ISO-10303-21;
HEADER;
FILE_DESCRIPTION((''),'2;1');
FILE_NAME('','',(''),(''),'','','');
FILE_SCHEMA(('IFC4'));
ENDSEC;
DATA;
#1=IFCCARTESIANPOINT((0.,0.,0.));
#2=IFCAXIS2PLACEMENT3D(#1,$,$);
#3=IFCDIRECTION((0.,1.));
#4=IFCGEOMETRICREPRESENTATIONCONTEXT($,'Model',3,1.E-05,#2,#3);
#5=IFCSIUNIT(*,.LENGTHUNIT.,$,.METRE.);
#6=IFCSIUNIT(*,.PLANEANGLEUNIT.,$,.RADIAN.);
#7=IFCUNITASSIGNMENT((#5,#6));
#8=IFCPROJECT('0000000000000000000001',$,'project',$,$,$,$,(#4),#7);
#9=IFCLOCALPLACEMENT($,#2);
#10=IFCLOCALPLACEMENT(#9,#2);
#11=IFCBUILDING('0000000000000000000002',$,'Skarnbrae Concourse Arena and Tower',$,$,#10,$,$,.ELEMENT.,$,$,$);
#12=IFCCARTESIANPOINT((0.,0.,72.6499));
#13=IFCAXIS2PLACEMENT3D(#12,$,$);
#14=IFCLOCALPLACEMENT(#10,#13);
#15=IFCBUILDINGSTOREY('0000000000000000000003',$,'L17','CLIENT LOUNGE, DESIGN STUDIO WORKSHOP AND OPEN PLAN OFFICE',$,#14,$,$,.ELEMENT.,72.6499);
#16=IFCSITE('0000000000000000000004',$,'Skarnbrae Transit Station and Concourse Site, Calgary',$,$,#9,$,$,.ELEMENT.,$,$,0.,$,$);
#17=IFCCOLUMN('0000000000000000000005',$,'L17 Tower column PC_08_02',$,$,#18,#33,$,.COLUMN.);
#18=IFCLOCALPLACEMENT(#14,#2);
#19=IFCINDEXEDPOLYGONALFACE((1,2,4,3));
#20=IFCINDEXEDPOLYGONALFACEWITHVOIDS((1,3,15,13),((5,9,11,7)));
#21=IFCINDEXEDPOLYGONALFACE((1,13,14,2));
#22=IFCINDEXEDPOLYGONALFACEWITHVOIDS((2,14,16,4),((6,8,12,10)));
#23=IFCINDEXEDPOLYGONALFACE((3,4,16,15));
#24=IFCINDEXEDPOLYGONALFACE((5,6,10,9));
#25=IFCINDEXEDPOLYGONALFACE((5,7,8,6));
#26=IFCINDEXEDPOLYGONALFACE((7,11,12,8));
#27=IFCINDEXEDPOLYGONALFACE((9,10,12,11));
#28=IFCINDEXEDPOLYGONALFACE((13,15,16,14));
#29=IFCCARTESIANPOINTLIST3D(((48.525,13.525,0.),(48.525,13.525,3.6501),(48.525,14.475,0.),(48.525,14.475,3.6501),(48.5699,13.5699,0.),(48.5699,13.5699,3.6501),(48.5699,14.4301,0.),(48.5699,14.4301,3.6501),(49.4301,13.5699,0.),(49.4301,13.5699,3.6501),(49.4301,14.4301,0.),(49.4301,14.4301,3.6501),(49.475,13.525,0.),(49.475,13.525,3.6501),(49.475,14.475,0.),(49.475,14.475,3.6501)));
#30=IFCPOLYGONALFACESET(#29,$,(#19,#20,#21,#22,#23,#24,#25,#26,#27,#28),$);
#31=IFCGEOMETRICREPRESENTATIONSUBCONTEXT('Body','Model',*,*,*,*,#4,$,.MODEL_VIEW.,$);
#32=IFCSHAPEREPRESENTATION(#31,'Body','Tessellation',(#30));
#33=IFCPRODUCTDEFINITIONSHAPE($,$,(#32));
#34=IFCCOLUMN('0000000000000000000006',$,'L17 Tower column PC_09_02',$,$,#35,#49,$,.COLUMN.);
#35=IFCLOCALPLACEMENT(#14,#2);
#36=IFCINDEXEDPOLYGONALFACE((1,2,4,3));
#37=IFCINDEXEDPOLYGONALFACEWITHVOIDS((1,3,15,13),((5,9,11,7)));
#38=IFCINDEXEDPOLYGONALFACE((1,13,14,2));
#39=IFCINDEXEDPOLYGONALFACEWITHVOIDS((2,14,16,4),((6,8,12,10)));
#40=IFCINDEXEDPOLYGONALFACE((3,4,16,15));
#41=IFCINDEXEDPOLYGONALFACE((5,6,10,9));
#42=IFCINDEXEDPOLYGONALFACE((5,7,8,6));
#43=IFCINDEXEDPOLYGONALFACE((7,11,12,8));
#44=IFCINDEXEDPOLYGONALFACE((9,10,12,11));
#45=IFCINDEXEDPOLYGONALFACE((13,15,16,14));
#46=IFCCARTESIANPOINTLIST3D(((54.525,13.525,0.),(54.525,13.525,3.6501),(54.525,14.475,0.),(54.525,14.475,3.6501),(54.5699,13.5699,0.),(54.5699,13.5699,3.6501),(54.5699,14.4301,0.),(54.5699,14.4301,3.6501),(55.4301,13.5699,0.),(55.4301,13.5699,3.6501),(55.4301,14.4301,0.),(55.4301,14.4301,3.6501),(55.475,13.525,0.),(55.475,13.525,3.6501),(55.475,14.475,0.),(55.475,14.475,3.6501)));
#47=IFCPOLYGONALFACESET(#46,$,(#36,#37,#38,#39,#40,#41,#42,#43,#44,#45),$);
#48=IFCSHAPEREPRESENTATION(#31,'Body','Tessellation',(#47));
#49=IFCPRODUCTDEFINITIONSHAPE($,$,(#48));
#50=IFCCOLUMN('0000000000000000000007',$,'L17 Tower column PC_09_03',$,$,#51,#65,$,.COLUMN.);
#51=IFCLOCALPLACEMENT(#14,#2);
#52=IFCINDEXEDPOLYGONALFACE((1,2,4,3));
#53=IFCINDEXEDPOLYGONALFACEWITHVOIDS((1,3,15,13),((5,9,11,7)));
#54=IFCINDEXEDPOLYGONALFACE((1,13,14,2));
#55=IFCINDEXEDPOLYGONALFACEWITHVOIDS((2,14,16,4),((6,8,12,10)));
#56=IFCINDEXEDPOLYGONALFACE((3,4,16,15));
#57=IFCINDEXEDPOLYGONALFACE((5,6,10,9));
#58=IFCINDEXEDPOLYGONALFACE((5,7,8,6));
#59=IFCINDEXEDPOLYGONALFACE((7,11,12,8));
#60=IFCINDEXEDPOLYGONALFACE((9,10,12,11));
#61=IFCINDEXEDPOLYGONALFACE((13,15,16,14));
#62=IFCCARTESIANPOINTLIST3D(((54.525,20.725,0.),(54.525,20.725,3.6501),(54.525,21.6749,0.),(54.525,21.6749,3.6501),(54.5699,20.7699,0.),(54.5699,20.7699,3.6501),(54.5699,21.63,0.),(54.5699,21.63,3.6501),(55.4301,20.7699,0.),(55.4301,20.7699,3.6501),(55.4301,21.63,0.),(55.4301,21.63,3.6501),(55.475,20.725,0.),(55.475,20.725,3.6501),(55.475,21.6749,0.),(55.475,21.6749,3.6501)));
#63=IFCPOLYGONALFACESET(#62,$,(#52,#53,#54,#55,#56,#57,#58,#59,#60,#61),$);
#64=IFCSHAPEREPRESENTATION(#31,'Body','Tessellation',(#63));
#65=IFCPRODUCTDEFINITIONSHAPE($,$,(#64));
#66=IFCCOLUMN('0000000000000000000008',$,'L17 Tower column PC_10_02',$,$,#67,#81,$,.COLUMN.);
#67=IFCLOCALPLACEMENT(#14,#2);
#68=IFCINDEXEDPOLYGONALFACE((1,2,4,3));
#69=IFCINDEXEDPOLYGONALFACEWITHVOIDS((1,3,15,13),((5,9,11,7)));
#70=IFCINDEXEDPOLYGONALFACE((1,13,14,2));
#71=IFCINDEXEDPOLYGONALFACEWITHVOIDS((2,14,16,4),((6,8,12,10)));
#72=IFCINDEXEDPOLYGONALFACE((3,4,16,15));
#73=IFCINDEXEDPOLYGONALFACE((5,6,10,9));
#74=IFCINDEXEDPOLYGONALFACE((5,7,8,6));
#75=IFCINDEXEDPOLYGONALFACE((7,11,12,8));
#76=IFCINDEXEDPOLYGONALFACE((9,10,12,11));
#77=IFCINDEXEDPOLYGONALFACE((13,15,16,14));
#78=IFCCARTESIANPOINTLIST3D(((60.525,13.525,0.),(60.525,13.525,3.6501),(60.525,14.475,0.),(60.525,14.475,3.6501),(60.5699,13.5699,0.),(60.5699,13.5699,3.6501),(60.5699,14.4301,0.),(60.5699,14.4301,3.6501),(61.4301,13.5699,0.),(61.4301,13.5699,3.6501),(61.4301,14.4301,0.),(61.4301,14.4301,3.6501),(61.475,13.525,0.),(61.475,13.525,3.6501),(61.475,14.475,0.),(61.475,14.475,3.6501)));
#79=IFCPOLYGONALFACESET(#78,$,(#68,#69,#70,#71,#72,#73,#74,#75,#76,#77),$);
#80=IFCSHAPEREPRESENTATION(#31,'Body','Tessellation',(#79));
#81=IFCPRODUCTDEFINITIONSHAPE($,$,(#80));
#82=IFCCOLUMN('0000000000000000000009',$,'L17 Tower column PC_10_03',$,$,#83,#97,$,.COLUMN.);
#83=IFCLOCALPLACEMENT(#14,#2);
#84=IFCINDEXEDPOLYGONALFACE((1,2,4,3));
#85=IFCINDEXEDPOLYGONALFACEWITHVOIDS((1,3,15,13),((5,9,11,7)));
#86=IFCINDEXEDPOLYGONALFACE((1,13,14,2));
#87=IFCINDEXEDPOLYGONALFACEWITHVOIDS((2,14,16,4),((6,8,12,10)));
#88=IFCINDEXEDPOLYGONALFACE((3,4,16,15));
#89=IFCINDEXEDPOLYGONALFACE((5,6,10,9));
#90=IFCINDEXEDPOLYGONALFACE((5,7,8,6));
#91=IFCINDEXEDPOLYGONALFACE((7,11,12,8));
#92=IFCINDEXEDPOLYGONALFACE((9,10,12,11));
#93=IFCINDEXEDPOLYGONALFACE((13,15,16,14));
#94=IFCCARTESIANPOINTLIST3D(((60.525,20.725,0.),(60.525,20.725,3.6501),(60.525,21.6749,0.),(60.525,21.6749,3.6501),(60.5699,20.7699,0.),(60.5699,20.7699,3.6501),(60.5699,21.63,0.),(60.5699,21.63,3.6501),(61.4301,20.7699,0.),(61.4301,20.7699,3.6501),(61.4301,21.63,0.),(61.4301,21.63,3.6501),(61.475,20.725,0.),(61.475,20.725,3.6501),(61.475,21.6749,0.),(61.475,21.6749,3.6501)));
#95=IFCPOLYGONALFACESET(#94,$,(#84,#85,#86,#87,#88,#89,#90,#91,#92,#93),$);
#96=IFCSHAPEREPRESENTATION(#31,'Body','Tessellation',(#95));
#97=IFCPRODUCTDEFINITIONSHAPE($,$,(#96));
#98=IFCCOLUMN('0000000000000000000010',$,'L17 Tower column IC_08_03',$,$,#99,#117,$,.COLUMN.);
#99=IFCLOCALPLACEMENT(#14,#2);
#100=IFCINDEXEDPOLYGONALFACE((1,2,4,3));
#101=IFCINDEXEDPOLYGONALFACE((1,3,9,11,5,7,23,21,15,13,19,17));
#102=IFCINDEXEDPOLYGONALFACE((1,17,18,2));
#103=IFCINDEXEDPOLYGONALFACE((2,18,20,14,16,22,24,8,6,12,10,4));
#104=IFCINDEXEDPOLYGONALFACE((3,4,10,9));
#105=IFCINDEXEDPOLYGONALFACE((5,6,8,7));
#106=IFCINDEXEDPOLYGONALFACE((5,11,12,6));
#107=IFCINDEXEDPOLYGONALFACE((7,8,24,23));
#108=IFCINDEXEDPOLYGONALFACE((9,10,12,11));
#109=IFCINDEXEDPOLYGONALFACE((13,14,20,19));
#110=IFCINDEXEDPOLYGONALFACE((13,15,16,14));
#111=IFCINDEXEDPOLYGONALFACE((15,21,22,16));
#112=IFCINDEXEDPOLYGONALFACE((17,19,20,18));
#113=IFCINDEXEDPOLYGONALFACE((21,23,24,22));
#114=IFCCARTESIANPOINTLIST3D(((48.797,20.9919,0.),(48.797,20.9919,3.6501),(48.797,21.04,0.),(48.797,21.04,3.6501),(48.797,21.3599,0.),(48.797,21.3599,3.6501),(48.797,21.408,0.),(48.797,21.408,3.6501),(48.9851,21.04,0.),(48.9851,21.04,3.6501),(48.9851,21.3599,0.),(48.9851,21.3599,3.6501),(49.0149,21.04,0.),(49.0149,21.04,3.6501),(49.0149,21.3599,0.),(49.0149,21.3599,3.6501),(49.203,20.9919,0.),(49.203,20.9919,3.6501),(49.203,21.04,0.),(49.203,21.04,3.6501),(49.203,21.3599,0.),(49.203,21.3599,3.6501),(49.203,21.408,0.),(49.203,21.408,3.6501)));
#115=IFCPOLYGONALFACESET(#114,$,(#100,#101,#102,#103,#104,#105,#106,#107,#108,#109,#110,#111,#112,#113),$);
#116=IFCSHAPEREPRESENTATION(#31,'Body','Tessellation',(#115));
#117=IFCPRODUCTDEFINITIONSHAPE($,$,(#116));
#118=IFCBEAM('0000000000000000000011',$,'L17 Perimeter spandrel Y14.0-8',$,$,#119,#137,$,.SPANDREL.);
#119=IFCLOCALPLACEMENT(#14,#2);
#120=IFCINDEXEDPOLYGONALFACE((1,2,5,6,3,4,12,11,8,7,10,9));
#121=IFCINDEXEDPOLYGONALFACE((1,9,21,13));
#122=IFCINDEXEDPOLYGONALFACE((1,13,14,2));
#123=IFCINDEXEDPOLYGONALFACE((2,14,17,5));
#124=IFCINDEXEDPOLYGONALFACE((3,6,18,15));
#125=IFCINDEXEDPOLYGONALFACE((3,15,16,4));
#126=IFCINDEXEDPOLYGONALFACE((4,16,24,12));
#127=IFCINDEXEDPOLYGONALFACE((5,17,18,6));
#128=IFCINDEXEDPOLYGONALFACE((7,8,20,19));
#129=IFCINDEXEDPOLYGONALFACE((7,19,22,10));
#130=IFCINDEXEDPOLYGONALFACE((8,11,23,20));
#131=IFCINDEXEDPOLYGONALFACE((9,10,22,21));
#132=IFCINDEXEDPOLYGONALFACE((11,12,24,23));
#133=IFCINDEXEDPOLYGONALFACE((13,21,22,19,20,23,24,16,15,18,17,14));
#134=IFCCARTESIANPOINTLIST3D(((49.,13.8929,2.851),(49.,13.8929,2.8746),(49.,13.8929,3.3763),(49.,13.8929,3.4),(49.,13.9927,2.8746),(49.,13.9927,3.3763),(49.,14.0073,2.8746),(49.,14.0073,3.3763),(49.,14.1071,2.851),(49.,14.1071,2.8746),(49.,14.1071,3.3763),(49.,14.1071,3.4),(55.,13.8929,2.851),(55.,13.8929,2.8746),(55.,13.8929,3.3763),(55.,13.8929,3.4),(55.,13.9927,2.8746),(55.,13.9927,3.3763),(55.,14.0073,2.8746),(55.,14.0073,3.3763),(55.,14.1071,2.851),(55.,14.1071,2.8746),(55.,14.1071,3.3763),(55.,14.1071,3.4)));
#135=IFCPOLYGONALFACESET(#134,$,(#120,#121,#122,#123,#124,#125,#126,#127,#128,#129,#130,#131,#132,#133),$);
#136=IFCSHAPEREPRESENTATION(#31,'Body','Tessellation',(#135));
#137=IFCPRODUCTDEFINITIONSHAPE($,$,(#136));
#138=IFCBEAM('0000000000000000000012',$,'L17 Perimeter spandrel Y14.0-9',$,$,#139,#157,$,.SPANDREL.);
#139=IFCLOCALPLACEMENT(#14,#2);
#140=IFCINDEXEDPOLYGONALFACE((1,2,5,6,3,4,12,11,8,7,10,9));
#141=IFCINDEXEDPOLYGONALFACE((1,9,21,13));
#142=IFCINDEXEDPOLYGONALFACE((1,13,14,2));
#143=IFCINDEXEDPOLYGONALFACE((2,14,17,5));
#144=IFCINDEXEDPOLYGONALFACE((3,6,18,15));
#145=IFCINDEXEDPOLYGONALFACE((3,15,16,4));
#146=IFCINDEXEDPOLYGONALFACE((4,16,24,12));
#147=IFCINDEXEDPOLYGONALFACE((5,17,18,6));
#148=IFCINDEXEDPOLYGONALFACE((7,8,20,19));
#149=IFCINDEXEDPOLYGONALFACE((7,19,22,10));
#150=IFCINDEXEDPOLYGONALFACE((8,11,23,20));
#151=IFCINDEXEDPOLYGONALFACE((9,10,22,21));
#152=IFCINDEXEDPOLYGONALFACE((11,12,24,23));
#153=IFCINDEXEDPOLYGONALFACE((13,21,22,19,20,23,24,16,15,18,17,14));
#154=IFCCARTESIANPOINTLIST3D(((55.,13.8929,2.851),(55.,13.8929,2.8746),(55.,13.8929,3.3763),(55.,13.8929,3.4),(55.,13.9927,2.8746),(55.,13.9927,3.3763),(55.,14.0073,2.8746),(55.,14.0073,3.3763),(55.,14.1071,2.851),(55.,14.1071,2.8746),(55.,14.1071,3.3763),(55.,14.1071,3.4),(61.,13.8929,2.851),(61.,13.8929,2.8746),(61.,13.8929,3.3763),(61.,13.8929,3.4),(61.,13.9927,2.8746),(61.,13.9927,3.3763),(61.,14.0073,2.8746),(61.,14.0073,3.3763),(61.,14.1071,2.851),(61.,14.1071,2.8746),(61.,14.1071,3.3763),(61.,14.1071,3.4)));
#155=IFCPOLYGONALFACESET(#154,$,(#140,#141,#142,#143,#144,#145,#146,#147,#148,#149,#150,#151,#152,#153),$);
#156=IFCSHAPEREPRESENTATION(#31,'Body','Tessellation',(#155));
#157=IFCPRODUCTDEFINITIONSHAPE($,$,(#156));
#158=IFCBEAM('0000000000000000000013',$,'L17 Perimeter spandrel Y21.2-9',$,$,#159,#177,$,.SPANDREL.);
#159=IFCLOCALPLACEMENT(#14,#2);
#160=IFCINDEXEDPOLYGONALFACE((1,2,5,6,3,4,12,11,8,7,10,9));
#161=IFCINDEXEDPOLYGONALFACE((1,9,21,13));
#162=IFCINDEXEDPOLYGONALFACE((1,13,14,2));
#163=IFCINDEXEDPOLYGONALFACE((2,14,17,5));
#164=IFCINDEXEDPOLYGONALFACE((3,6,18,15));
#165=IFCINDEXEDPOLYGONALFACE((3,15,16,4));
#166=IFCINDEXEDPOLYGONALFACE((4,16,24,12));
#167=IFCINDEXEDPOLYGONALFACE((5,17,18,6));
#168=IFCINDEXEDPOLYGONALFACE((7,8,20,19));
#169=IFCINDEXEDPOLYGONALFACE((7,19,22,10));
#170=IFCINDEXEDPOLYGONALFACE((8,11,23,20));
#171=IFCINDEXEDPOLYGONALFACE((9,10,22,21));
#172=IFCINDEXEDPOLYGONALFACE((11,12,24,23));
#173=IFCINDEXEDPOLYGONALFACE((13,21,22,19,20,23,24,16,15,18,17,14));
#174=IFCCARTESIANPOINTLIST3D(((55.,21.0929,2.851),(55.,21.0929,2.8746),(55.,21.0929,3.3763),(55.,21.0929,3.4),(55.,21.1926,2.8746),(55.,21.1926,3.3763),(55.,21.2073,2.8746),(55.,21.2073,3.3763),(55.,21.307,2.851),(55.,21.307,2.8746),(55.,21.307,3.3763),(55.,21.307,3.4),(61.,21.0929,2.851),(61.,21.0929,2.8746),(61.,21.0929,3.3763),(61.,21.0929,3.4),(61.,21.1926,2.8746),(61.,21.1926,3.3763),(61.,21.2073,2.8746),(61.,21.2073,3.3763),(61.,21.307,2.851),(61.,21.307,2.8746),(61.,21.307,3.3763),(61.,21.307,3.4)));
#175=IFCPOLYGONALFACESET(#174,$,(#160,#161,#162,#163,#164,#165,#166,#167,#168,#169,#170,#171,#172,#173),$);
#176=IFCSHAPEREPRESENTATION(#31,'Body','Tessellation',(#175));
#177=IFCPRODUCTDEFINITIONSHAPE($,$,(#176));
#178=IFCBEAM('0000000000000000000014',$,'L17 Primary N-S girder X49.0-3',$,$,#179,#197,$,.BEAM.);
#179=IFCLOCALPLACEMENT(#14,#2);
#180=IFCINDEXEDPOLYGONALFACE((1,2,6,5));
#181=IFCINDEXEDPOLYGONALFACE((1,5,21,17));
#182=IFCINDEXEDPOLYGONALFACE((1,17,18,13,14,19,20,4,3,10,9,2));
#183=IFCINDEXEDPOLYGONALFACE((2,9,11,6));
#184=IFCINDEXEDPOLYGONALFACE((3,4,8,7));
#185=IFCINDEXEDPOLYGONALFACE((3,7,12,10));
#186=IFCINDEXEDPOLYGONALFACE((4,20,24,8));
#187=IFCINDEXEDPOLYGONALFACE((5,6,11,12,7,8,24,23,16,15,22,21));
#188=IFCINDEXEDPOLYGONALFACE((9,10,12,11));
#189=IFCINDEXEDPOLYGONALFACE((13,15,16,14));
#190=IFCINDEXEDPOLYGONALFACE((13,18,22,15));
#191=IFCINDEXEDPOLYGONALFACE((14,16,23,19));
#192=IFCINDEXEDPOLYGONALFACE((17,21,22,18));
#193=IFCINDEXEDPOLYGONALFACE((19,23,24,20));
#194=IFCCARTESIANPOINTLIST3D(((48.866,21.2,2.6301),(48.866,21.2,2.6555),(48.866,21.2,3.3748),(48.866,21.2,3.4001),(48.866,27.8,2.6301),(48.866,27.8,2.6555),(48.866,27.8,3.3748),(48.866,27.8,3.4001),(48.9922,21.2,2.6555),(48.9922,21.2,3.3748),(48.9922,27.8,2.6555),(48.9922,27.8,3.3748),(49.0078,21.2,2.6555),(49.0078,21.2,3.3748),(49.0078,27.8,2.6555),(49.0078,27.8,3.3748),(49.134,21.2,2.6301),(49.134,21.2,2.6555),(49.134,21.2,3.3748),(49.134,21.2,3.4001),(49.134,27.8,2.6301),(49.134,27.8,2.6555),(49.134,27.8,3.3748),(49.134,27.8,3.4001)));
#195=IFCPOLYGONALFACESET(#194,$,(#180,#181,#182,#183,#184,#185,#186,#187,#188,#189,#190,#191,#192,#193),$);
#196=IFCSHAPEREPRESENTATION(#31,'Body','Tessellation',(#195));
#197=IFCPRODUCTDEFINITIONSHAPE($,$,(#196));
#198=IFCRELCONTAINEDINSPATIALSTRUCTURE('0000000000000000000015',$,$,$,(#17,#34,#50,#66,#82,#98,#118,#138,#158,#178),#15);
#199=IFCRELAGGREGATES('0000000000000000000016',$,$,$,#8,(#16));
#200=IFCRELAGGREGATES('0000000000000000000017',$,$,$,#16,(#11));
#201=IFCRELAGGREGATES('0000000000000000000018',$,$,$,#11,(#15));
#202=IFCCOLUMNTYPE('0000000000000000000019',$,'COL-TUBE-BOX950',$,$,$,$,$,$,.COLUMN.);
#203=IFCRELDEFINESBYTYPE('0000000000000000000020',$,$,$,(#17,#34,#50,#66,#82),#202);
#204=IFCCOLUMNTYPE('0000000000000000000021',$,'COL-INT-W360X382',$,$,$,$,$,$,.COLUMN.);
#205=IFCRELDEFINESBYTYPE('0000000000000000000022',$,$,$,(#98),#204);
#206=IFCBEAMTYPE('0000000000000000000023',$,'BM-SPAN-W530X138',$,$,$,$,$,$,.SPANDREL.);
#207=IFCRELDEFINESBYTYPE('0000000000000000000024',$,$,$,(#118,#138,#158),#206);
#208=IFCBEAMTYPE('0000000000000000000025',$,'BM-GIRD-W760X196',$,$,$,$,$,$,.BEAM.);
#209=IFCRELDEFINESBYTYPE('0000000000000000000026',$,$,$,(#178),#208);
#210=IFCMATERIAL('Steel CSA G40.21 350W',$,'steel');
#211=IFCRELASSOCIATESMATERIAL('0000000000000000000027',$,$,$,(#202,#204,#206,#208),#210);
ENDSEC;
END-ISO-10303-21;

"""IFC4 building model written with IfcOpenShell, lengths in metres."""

from ifc_helpers import new_model, si_unit, direction, frame, origin, origin_2d, place, context, subcontext, project, spatial, hollow_rectangle, i_section, extrude, source, transform, mapped, material, material_profile, profile_set, type_object, element, save


model = new_model("IFC4")

# Units and contexts
model_context = context("Model", 3, precision=1e-05, world=origin(), true_north=direction((0.0, 1.0)))
body_context = subcontext(model_context, "Body", "Model", "MODEL_VIEW")
ifc_project = project(units=[si_unit("LENGTHUNIT", "METRE"), si_unit("PLANEANGLEUNIT", "RADIAN")], contexts=[model_context])

# Site, building, storey
site_placement = place(None, origin())
site = spatial("IfcSite", under=ifc_project, at=site_placement, Name="Skarnbrae Transit Station and Concourse Site, Calgary", CompositionType="ELEMENT", RefElevation=0.0)
building_placement = place(site_placement, origin())
building = spatial("IfcBuilding", under=site, at=building_placement, Name="Skarnbrae Concourse Arena and Tower", CompositionType="ELEMENT")
storey_placement = place(building_placement, frame((0.0, 0.0, 72.6499)))
storey = spatial("IfcBuildingStorey", under=building, at=storey_placement, Name="L17", Description="CLIENT LOUNGE, DESIGN STUDIO WORKSHOP AND OPEN PLAN OFFICE", CompositionType="ELEMENT", Elevation=72.6499)

# Columns
ifc_material_1 = material(Name="Steel CSA G40.21 350W", Category="steel")
ifc_material_profile_1 = material_profile(ifc_material_1, hollow_rectangle(XDim=0.95, YDim=0.95, WallThickness=0.0449, at=origin_2d()), Name="BOX950X950X45")
ifc_profile_set_1 = profile_set([ifc_material_profile_1], Name="Steel CSA G40.21 350W")
column_type_1 = type_object("IfcColumnType", Name="COL-TUBE-BOX950", PredefinedType="COLUMN", material=ifc_profile_set_1)
shared_shape_1 = source(origin(), body_context, "Body", "SweptSolid", [
    extrude(hollow_rectangle(XDim=0.95, YDim=0.95, WallThickness=0.0449, at=origin_2d()), origin(), (0.0, 0.0, 1.0), 3.6501),
])
for number, where, z_axis, x_axis, name in (
    (1, (49.0, 14.0, 0.0), (0.0, 0.0, 1.0), (1.0, 0.0, 0.0), "L17 Tower column PC_08_02"),
    (2, (55.0, 14.0, 0.0), (0.0, 0.0, 1.0), (1.0, 0.0, 0.0), "L17 Tower column PC_09_02"),
    (3, (55.0, 21.2, 0.0), (0.0, 0.0, 1.0), (1.0, 0.0, 0.0), "L17 Tower column PC_09_03"),
    (4, (61.0, 14.0, 0.0), (0.0, 0.0, 1.0), (1.0, 0.0, 0.0), "L17 Tower column PC_10_02"),
    (5, (61.0, 21.2, 0.0), (0.0, 0.0, 1.0), (1.0, 0.0, 0.0), "L17 Tower column PC_10_03"),
):
    element("IfcColumn", number, at=place(storey_placement, frame(where, z_axis=z_axis, x_axis=x_axis)), inside=storey, type_object=column_type_1, Name=name, PredefinedType="COLUMN", context=body_context, shape_type="MappedRepresentation", body=[
        mapped(shared_shape_1, transform((0.0, 0.0, 0.0))),
    ])
ifc_material_profile_2 = material_profile(ifc_material_1, i_section(OverallWidth=0.406, OverallDepth=0.416, WebThickness=0.0298, FlangeThickness=0.0481, at=origin_2d()), Name="W360X382")
ifc_profile_set_2 = profile_set([ifc_material_profile_2], Name="Steel CSA G40.21 350W")
column_type_2 = type_object("IfcColumnType", Name="COL-INT-W360X382", PredefinedType="COLUMN", material=ifc_profile_set_2)
shared_shape_2 = source(origin(), body_context, "Body", "SweptSolid", [
    extrude(i_section(OverallWidth=0.406, OverallDepth=0.416, WebThickness=0.0298, FlangeThickness=0.0481, at=origin_2d()), origin(), (0.0, 0.0, 1.0), 3.6501),
])
column_placement = place(storey_placement, frame((49.0, 21.2, 0.0), z_axis=(0.0, 0.0, 1.0), x_axis=(1.0, 0.0, 0.0)))
element("IfcColumn", 6, at=column_placement, inside=storey, type_object=column_type_2, Name="L17 Tower column IC_08_03", PredefinedType="COLUMN", context=body_context, shape_type="MappedRepresentation", body=[
    mapped(shared_shape_2, transform((0.0, 0.0, 0.0))),
])

# Beams
ifc_material_profile_3 = material_profile(ifc_material_1, i_section(OverallWidth=0.2141, OverallDepth=0.5491, WebThickness=0.0146, FlangeThickness=0.0237, at=origin_2d()), Name="W530X138")
ifc_profile_set_3 = profile_set([ifc_material_profile_3], Name="Steel CSA G40.21 350W")
beam_type_1 = type_object("IfcBeamType", Name="BM-SPAN-W530X138", PredefinedType="SPANDREL", material=ifc_profile_set_3)
shared_shape_3 = source(origin(), body_context, "Body", "SweptSolid", [
    extrude(i_section(OverallWidth=0.2141, OverallDepth=0.5491, WebThickness=0.0146, FlangeThickness=0.0237, at=origin_2d()), origin(), (0.0, 0.0, 1.0), 6.0),
])
for number, where, z_axis, x_axis, name in (
    (7, (49.0, 14.0, 3.1255), (1.0, 0.0, 0.0), (0.0, 1.0, 0.0), "L17 Perimeter spandrel Y14.0-8"),
    (8, (55.0, 14.0, 3.1255), (1.0, 0.0, 0.0), (0.0, 1.0, 0.0), "L17 Perimeter spandrel Y14.0-9"),
    (9, (55.0, 21.2, 3.1255), (1.0, 0.0, 0.0), (0.0, 1.0, 0.0), "L17 Perimeter spandrel Y21.2-9"),
):
    element("IfcBeam", number, at=place(storey_placement, frame(where, z_axis=z_axis, x_axis=x_axis)), inside=storey, type_object=beam_type_1, Name=name, PredefinedType="SPANDREL", context=body_context, shape_type="MappedRepresentation", body=[
        mapped(shared_shape_3, transform((0.0, 0.0, 0.0))),
    ])
ifc_material_profile_4 = material_profile(ifc_material_1, i_section(OverallWidth=0.2681, OverallDepth=0.77, WebThickness=0.0156, FlangeThickness=0.0254, at=origin_2d()), Name="W760X196")
ifc_profile_set_4 = profile_set([ifc_material_profile_4], Name="Steel CSA G40.21 350W")
beam_type_2 = type_object("IfcBeamType", Name="BM-GIRD-W760X196", PredefinedType="BEAM", material=ifc_profile_set_4)
shared_shape_4 = source(origin(), body_context, "Body", "SweptSolid", [
    extrude(i_section(OverallWidth=0.2681, OverallDepth=0.77, WebThickness=0.0156, FlangeThickness=0.0254, at=origin_2d()), origin(), (0.0, 0.0, 1.0), 6.6001),
])
beam_1_placement = place(storey_placement, frame((49.0, 21.2, 3.0151), z_axis=(0.0, 1.0, 0.0), x_axis=(-1.0, 0.0, 0.0)))
element("IfcBeam", 10, at=beam_1_placement, inside=storey, type_object=beam_type_2, Name="L17 Primary N-S girder X49.0-3", PredefinedType="BEAM", context=body_context, shape_type="MappedRepresentation", body=[
    mapped(shared_shape_4, transform((0.0, 0.0, 0.0))),
])

save(model, "model.ifc")
